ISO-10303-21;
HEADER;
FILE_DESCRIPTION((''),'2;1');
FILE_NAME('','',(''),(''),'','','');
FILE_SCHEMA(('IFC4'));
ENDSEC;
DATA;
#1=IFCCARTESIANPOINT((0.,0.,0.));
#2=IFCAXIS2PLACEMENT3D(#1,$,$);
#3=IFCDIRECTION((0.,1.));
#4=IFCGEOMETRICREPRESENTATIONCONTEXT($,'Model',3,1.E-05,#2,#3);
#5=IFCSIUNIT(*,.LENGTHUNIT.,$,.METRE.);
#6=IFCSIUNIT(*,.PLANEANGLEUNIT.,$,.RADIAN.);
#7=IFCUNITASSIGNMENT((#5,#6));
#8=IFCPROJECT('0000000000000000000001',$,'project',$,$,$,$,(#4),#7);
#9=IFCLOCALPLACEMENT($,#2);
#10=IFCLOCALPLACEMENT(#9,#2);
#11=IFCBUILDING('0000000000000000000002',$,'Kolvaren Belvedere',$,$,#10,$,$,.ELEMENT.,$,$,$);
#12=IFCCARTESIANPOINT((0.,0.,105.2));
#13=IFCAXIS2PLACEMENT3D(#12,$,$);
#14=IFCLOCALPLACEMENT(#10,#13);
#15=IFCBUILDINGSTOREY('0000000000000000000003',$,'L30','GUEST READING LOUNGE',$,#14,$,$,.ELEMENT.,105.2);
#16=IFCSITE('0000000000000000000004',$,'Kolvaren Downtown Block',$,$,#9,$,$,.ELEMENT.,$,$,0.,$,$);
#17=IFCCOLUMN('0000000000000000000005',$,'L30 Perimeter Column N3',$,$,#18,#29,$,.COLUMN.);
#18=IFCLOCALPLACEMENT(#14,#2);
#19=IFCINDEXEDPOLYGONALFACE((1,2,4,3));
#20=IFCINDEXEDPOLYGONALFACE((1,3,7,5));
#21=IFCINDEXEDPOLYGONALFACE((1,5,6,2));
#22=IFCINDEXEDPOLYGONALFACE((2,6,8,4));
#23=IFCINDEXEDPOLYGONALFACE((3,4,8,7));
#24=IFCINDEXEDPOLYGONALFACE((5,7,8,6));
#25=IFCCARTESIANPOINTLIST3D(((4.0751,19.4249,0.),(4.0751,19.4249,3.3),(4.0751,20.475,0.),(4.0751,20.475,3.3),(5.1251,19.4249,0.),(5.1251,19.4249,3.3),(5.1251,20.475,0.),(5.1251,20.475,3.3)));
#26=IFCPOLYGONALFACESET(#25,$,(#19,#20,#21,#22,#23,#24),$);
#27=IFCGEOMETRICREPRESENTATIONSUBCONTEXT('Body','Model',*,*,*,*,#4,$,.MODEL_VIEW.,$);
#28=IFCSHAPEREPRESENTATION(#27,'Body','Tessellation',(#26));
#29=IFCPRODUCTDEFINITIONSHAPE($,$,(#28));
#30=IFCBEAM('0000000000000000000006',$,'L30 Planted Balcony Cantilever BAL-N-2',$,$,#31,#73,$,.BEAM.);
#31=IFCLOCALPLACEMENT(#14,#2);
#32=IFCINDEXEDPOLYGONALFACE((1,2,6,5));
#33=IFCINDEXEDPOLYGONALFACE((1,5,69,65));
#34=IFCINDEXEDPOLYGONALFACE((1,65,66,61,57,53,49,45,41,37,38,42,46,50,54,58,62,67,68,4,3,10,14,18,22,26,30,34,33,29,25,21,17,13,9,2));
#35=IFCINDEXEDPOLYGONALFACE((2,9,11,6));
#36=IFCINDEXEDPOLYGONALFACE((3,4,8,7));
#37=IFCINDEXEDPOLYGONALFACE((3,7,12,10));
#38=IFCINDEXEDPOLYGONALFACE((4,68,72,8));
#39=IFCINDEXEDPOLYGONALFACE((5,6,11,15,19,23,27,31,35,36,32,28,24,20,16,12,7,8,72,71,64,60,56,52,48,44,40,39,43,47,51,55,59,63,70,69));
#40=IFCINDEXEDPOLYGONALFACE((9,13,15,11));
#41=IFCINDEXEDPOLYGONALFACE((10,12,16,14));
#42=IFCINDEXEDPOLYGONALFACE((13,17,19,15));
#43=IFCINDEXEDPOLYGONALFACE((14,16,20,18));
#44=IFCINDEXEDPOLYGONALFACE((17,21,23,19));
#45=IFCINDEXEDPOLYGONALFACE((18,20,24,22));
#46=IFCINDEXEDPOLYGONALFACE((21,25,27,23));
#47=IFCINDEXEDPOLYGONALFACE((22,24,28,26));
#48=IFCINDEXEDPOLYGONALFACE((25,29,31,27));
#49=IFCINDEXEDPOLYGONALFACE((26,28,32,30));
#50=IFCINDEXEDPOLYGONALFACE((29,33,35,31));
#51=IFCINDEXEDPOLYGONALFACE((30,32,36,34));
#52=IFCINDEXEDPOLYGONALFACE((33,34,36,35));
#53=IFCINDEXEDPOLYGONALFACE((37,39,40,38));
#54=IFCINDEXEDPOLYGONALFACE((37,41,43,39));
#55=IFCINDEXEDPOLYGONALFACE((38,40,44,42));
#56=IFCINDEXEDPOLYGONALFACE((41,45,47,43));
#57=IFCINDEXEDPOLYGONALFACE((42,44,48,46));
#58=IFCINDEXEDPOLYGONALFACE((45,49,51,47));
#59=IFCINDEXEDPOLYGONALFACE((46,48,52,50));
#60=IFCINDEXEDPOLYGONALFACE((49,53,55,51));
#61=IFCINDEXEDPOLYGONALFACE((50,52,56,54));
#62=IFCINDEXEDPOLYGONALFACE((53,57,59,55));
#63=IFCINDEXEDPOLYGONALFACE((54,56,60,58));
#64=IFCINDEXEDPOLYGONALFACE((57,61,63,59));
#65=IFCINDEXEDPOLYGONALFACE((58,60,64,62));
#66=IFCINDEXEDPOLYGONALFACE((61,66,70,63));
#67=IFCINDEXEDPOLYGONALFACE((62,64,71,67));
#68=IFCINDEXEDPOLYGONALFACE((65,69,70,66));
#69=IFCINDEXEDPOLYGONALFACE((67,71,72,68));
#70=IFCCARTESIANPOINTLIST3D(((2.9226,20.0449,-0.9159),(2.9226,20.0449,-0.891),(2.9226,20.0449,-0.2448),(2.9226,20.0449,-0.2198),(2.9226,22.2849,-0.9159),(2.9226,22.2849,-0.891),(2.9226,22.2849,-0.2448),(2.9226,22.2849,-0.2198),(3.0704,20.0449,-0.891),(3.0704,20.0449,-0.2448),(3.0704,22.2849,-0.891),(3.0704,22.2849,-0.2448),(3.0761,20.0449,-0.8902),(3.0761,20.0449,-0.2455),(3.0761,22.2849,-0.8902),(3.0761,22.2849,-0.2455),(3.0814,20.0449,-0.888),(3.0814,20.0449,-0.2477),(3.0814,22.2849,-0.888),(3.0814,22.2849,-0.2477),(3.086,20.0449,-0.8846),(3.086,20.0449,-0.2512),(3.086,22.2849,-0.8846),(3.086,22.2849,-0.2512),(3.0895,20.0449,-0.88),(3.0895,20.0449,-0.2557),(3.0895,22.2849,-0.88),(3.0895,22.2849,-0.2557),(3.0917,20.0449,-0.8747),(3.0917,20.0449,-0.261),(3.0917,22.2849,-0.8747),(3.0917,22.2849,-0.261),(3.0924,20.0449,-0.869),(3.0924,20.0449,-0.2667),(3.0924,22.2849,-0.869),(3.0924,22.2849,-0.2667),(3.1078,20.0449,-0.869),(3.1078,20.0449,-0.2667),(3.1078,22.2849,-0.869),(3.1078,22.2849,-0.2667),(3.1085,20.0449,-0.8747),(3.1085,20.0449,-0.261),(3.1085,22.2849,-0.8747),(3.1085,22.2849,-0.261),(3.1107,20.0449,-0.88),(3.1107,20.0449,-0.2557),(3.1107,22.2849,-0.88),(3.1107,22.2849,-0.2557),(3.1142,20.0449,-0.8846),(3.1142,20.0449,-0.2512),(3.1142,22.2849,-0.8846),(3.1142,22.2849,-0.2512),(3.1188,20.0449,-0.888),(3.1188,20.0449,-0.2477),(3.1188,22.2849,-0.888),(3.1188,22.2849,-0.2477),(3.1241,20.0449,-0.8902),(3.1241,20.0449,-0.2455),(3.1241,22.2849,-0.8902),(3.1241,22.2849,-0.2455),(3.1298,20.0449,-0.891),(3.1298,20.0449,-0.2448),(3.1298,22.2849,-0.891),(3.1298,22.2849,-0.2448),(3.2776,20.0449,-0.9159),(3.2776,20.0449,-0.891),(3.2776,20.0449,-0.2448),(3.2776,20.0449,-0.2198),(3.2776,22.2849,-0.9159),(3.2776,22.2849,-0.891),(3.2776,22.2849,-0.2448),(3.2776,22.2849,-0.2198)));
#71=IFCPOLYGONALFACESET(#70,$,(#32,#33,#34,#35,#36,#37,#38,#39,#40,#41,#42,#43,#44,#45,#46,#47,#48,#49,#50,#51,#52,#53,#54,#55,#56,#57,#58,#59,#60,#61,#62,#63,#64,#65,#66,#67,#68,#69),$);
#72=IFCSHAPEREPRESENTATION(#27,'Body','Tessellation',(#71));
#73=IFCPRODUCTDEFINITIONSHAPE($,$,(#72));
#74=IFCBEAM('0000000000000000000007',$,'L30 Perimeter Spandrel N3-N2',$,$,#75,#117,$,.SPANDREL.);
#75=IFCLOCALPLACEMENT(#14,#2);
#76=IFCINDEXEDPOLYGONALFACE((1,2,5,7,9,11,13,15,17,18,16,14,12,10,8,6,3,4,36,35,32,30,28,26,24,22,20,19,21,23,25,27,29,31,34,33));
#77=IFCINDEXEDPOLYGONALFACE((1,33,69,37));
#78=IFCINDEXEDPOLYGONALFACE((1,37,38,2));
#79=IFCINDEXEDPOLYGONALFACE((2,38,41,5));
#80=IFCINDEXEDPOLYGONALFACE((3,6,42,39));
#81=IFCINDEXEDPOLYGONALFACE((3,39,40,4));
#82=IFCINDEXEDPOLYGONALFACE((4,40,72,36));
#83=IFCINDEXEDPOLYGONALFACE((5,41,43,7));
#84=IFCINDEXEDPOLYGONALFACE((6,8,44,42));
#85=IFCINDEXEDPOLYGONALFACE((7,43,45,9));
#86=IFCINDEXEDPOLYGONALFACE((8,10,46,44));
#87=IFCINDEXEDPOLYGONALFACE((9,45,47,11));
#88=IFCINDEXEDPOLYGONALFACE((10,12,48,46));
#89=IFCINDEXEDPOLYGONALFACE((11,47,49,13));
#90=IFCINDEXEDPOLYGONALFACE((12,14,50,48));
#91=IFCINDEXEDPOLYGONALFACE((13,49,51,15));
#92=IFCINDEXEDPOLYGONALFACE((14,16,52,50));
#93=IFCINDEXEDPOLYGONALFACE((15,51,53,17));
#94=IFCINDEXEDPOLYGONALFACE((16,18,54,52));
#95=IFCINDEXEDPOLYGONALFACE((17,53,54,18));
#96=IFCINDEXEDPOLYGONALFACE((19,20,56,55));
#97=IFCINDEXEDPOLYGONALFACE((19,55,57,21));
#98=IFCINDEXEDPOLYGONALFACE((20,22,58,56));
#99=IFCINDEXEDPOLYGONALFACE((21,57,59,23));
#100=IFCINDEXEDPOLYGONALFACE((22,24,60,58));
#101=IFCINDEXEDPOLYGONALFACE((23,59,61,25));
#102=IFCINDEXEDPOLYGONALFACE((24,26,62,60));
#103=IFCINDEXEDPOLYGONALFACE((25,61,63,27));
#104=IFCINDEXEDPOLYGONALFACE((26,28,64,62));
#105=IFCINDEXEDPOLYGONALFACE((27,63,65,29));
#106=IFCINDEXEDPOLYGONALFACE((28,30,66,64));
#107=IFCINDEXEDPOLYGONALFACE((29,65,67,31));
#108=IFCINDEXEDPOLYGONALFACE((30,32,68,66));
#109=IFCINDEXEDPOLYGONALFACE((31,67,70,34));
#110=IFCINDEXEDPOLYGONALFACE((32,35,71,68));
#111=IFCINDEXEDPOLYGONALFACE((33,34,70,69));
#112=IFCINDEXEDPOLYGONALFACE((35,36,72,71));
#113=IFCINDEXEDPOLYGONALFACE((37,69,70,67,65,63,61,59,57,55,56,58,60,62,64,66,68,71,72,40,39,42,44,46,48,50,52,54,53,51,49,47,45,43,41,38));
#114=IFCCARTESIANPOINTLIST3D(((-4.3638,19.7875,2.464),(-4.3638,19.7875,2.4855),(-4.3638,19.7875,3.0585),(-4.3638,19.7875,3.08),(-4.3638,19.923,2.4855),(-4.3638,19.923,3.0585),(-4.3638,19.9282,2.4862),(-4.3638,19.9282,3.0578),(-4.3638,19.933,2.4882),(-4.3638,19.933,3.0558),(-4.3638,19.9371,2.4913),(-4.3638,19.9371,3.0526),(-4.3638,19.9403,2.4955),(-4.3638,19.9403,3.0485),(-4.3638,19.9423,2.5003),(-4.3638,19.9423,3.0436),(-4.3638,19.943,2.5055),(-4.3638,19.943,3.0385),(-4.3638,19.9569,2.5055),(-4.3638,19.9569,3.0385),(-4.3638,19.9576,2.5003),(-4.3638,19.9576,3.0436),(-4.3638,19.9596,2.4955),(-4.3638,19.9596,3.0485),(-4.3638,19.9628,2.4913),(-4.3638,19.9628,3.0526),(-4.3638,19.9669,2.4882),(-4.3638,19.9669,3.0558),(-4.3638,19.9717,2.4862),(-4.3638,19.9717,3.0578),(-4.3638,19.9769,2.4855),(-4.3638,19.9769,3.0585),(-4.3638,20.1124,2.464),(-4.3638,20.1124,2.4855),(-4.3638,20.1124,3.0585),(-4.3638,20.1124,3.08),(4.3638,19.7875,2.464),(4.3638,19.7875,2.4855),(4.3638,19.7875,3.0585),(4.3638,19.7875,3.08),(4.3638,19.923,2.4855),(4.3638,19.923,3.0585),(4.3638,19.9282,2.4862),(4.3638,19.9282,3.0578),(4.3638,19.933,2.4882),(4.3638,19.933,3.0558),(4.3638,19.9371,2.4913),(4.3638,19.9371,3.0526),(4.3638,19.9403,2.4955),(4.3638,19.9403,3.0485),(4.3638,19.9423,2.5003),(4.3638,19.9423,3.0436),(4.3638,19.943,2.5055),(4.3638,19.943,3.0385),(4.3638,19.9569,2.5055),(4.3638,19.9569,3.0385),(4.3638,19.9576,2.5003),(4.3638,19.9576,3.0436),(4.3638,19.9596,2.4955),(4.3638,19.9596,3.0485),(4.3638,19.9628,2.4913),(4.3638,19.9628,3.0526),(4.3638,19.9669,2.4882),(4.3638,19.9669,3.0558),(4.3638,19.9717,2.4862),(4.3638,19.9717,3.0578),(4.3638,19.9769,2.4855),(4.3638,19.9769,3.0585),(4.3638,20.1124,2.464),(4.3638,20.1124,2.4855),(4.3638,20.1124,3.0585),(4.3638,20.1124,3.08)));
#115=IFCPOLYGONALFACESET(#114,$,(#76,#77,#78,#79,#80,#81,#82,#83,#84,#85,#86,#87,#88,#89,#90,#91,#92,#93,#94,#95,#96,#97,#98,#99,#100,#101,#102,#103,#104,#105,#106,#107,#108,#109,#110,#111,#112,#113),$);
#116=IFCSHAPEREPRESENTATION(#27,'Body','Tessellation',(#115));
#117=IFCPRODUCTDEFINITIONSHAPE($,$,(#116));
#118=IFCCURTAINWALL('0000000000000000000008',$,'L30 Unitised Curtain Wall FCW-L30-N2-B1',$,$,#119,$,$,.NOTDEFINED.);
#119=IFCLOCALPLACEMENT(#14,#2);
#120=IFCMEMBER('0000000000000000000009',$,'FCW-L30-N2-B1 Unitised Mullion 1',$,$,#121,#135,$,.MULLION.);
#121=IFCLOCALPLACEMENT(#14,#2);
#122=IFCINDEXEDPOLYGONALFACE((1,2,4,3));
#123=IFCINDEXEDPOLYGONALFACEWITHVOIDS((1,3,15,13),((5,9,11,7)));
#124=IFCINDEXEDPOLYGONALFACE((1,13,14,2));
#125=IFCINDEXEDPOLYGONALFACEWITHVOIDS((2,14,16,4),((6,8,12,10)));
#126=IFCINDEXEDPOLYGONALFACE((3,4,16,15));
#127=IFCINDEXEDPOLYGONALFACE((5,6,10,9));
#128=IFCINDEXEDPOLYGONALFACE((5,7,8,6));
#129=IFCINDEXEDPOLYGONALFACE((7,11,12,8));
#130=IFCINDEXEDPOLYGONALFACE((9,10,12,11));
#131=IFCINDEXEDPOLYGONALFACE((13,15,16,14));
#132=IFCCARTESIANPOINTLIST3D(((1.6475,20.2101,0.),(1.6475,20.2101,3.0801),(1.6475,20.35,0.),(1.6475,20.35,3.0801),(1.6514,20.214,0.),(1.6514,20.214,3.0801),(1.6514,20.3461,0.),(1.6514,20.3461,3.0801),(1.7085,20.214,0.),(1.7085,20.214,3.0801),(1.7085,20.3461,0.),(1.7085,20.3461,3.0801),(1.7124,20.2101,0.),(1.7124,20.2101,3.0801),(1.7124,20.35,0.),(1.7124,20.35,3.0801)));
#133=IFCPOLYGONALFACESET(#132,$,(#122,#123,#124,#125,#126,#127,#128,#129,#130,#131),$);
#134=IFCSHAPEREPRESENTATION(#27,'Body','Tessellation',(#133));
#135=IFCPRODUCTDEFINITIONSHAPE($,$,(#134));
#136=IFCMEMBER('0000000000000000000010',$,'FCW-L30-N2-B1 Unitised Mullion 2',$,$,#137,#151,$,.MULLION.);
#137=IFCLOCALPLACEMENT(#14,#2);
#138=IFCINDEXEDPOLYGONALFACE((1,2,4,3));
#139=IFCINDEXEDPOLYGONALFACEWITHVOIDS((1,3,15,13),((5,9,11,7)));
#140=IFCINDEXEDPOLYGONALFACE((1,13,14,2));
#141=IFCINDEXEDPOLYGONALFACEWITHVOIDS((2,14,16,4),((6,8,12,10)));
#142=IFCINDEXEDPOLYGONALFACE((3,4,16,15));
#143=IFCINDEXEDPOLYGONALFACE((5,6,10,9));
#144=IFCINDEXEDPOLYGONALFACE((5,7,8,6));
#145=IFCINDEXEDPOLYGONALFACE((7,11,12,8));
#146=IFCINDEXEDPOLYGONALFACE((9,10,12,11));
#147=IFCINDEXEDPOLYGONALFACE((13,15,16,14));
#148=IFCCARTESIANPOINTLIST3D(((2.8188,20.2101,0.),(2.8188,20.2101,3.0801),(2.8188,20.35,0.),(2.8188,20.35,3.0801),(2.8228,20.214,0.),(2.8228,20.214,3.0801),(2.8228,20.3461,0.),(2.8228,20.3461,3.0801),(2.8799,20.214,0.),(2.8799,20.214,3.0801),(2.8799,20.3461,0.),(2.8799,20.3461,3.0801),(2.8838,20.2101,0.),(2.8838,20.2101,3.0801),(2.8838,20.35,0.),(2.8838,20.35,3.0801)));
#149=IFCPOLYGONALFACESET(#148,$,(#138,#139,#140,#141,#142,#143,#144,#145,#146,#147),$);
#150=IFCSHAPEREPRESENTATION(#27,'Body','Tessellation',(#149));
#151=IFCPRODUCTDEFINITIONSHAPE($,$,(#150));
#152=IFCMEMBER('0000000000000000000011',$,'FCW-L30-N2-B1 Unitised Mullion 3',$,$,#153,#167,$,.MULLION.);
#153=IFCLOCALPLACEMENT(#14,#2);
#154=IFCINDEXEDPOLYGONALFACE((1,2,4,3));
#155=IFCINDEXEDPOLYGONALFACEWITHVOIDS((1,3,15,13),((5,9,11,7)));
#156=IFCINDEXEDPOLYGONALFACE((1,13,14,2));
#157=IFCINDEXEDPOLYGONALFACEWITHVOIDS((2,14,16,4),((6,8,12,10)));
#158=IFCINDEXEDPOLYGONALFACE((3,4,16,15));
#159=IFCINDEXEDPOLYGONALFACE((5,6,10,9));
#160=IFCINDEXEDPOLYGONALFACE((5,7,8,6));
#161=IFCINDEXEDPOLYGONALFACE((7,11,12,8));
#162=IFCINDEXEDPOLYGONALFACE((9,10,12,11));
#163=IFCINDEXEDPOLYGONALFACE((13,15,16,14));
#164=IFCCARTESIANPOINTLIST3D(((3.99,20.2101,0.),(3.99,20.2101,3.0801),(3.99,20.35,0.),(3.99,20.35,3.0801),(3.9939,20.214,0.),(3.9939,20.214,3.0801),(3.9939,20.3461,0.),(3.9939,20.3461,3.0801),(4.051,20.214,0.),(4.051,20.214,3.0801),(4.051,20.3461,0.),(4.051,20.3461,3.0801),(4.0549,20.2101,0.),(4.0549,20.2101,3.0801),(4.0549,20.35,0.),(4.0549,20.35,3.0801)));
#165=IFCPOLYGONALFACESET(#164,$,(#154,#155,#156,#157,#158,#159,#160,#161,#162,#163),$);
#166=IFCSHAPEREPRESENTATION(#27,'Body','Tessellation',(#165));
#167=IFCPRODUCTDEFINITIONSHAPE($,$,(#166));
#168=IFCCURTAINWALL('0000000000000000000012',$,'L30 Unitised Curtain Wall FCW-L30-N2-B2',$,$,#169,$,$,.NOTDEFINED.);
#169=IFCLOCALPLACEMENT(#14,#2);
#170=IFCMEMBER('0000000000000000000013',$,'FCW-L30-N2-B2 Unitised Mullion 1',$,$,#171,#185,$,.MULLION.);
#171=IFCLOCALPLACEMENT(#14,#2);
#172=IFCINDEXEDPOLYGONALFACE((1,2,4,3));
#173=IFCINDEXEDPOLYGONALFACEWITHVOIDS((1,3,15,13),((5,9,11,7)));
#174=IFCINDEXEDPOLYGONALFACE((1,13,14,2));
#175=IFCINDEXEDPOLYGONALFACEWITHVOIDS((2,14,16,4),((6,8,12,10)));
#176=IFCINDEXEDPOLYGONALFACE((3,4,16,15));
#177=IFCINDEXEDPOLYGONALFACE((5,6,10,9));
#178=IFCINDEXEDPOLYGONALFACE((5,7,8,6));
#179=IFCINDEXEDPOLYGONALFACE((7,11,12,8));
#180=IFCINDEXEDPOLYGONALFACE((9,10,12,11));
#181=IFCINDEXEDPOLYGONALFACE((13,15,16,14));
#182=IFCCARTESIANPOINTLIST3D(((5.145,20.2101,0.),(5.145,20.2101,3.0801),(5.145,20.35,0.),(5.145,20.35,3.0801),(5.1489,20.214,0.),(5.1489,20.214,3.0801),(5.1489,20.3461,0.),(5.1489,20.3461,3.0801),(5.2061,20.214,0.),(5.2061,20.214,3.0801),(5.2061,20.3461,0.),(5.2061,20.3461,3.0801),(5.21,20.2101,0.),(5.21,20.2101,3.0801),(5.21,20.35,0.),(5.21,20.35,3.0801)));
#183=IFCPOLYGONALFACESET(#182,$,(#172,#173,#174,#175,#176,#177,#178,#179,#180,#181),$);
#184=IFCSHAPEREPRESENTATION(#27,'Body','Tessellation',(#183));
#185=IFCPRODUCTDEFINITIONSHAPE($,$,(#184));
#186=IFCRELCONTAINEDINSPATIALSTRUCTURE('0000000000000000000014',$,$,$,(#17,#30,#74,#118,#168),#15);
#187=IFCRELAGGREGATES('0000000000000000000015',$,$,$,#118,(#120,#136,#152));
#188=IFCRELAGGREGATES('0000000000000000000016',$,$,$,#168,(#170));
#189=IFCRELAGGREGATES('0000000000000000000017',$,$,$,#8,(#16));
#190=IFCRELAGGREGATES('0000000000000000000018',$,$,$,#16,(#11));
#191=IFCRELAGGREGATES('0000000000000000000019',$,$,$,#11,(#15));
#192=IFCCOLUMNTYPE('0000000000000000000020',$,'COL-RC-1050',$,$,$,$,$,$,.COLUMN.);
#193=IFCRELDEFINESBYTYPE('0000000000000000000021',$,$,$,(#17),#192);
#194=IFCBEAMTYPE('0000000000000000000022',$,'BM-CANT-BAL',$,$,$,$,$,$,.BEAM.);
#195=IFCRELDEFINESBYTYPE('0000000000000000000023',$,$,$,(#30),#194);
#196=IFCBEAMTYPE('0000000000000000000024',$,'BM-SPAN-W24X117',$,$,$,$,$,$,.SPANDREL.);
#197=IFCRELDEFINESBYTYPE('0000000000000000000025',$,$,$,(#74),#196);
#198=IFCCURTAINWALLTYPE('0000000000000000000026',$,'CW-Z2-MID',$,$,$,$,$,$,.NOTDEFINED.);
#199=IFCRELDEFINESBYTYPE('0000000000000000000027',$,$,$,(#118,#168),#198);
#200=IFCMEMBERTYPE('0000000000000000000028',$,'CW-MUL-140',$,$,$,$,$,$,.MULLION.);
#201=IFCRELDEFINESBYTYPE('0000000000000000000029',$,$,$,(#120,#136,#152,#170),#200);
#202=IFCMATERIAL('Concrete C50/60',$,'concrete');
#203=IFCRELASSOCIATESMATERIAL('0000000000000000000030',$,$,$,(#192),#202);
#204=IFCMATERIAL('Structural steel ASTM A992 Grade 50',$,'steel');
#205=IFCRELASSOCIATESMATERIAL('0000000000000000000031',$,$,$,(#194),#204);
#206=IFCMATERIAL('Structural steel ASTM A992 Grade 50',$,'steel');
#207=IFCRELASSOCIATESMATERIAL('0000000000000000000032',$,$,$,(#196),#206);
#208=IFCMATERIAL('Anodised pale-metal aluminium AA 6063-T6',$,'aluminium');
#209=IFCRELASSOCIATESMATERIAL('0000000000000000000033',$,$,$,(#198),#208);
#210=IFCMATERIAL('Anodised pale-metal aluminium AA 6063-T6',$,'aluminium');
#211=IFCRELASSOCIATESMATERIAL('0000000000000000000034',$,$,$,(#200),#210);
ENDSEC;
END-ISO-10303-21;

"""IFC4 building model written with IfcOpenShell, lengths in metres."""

from ifc_helpers import new_model, si_unit, direction, frame, origin, origin_2d, place, context, subcontext, project, spatial, rectangle, hollow_rectangle, i_section, extrude, material, material_profile, profile_set, type_object, element, aggregate, save


model = new_model("IFC4")

# Units and contexts
model_context = context("Model", 3, precision=1e-05, world=origin(), true_north=direction((0.0, 1.0)))
body_context = subcontext(model_context, "Body", "Model", "MODEL_VIEW")
ifc_project = project(units=[si_unit("LENGTHUNIT", "METRE"), si_unit("PLANEANGLEUNIT", "RADIAN")], contexts=[model_context])

# Site, building, storey
site_placement = place(None, origin())
site = spatial("IfcSite", under=ifc_project, at=site_placement, Name="Kolvaren Downtown Block", CompositionType="ELEMENT", RefElevation=0.0)
building_placement = place(site_placement, origin())
building = spatial("IfcBuilding", under=site, at=building_placement, Name="Kolvaren Belvedere", CompositionType="ELEMENT")
storey_placement = place(building_placement, frame((0.0, 0.0, 105.2)))
storey = spatial("IfcBuildingStorey", under=building, at=storey_placement, Name="L30", Description="GUEST READING LOUNGE", CompositionType="ELEMENT", Elevation=105.2)

# Column
ifc_material_1 = material(Name="Concrete C50/60", Category="concrete")
ifc_material_profile_1 = material_profile(ifc_material_1, rectangle(XDim=1.05, YDim=1.05, at=origin_2d()), Name="RC 1050X1050")
ifc_profile_set_1 = profile_set([ifc_material_profile_1], Name="Concrete C50/60")
column_type = type_object("IfcColumnType", Name="COL-RC-1050", PredefinedType="COLUMN", material=ifc_profile_set_1)
column_placement = place(storey_placement, frame((4.6001, 19.95, 0.0), z_axis=(0.0, 0.0, 1.0), x_axis=(1.0, 0.0, 0.0)))
element("IfcColumn", 1, at=column_placement, inside=storey, type_object=column_type, Name="L30 Perimeter Column N3", PredefinedType="COLUMN", context=body_context, shape_type="SweptSolid", body=[
    extrude(rectangle(XDim=1.05, YDim=1.05, at=origin_2d()), origin(), (0.0, 0.0, 1.0), 3.3),
])

# Beams
ifc_material_2 = material(Name="Structural steel ASTM A992 Grade 50", Category="steel")
ifc_material_profile_2 = material_profile(ifc_material_2, i_section(OverallWidth=0.355, OverallDepth=0.696, WebThickness=0.0154, FlangeThickness=0.0249, FilletRadius=0.022, at=origin_2d()), Name="W27X146")
ifc_profile_set_2 = profile_set([ifc_material_profile_2], Name="Structural steel ASTM A992 Grade 50")
beam_type_1 = type_object("IfcBeamType", Name="BM-CANT-BAL", PredefinedType="BEAM", material=ifc_profile_set_2)
beam_1_placement = place(storey_placement, frame((3.1001, 20.0449, -0.5679), z_axis=(0.0, 1.0, 0.0), x_axis=(-1.0, 0.0, 0.0)))
element("IfcBeam", 2, at=beam_1_placement, inside=storey, type_object=beam_type_1, Name="L30 Planted Balcony Cantilever BAL-N-2", PredefinedType="BEAM", context=body_context, shape_type="SweptSolid", body=[
    extrude(i_section(OverallWidth=0.355, OverallDepth=0.696, WebThickness=0.0154, FlangeThickness=0.0249, FilletRadius=0.022, at=origin_2d()), origin(), (0.0, 0.0, 1.0), 2.24),
])
ifc_material_3 = material(Name="Structural steel ASTM A992 Grade 50", Category="steel")
ifc_material_profile_3 = material_profile(ifc_material_3, i_section(OverallWidth=0.325, OverallDepth=0.616, WebThickness=0.0139, FlangeThickness=0.0215, FilletRadius=0.02, at=origin_2d()), Name="W24X117")
ifc_profile_set_3 = profile_set([ifc_material_profile_3], Name="Structural steel ASTM A992 Grade 50")
beam_type_2 = type_object("IfcBeamType", Name="BM-SPAN-W24X117", PredefinedType="SPANDREL", material=ifc_profile_set_3)
beam_2_placement = place(storey_placement, frame((4.3638, 19.95, 2.772), z_axis=(-1.0, 0.0, 0.0), x_axis=(0.0, -1.0, 0.0)))
element("IfcBeam", 3, at=beam_2_placement, inside=storey, type_object=beam_type_2, Name="L30 Perimeter Spandrel N3-N2", PredefinedType="SPANDREL", context=body_context, shape_type="SweptSolid", body=[
    extrude(i_section(OverallWidth=0.325, OverallDepth=0.616, WebThickness=0.0139, FlangeThickness=0.0215, FilletRadius=0.02, at=origin_2d()), origin(), (0.0, 0.0, 1.0), 8.7275),
])

# Curtain wall, members
ifc_material_4 = material(Name="Anodised pale-metal aluminium AA 6063-T6", Category="aluminium")
curtain_wall_type = type_object("IfcCurtainWallType", Name="CW-Z2-MID", PredefinedType="NOTDEFINED", material=ifc_material_4)
curtain_wall_1_placement = place(storey_placement, origin())
curtain_wall_1 = element("IfcCurtainWall", 4, at=curtain_wall_1_placement, inside=storey, type_object=curtain_wall_type, Name="L30 Unitised Curtain Wall FCW-L30-N2-B1", PredefinedType="NOTDEFINED")
ifc_material_5 = material(Name="Anodised pale-metal aluminium AA 6063-T6", Category="aluminium")
ifc_material_profile_4 = material_profile(ifc_material_5, hollow_rectangle(XDim=0.0649, YDim=0.1399, WallThickness=0.0039, at=origin_2d()), Name="ALU-MUL-140X65")
ifc_profile_set_4 = profile_set([ifc_material_profile_4], Name="Anodised pale-metal aluminium AA 6063-T6")
member_type_1 = type_object("IfcMemberType", Name="CW-MUL-140", PredefinedType="MULLION", material=ifc_profile_set_4)
member_1_placement = place(storey_placement, frame((1.6799, 20.28, 0.0), z_axis=(0.0, 0.0, 1.0), x_axis=(1.0, 0.0, 0.0)))
member_1 = element("IfcMember", 5, at=member_1_placement, type_object=member_type_1, Name="FCW-L30-N2-B1 Unitised Mullion 1", PredefinedType="MULLION", context=body_context, shape_type="SweptSolid", body=[
    extrude(hollow_rectangle(XDim=0.0649, YDim=0.1399, WallThickness=0.0039, at=origin_2d()), origin(), (0.0, 0.0, 1.0), 3.0801),
])
member_2_placement = place(storey_placement, frame((2.8513, 20.28, 0.0), z_axis=(0.0, 0.0, 1.0), x_axis=(1.0, 0.0, 0.0)))
member_2 = element("IfcMember", 6, at=member_2_placement, type_object=member_type_1, Name="FCW-L30-N2-B1 Unitised Mullion 2", PredefinedType="MULLION", context=body_context, shape_type="SweptSolid", body=[
    extrude(hollow_rectangle(XDim=0.0649, YDim=0.1399, WallThickness=0.0039, at=origin_2d()), origin(), (0.0, 0.0, 1.0), 3.0801),
])
member_3_placement = place(storey_placement, frame((4.0225, 20.28, 0.0), z_axis=(0.0, 0.0, 1.0), x_axis=(1.0, 0.0, 0.0)))
member_3 = element("IfcMember", 7, at=member_3_placement, type_object=member_type_1, Name="FCW-L30-N2-B1 Unitised Mullion 3", PredefinedType="MULLION", context=body_context, shape_type="SweptSolid", body=[
    extrude(hollow_rectangle(XDim=0.0649, YDim=0.1399, WallThickness=0.0039, at=origin_2d()), origin(), (0.0, 0.0, 1.0), 3.0801),
])

# Curtain wall, member
curtain_wall_2_placement = place(storey_placement, origin())
curtain_wall_2 = element("IfcCurtainWall", 8, at=curtain_wall_2_placement, inside=storey, type_object=curtain_wall_type, Name="L30 Unitised Curtain Wall FCW-L30-N2-B2", PredefinedType="NOTDEFINED")
member_4_placement = place(storey_placement, frame((5.1775, 20.28, 0.0), z_axis=(0.0, 0.0, 1.0), x_axis=(1.0, 0.0, 0.0)))
member_4 = element("IfcMember", 9, at=member_4_placement, type_object=member_type_1, Name="FCW-L30-N2-B2 Unitised Mullion 1", PredefinedType="MULLION", context=body_context, shape_type="SweptSolid", body=[
    extrude(hollow_rectangle(XDim=0.0649, YDim=0.1399, WallThickness=0.0039, at=origin_2d()), origin(), (0.0, 0.0, 1.0), 3.0801),
])

aggregate(curtain_wall_1, [member_1, member_2, member_3])
aggregate(curtain_wall_2, [member_4])

save(model, "model.ifc")
